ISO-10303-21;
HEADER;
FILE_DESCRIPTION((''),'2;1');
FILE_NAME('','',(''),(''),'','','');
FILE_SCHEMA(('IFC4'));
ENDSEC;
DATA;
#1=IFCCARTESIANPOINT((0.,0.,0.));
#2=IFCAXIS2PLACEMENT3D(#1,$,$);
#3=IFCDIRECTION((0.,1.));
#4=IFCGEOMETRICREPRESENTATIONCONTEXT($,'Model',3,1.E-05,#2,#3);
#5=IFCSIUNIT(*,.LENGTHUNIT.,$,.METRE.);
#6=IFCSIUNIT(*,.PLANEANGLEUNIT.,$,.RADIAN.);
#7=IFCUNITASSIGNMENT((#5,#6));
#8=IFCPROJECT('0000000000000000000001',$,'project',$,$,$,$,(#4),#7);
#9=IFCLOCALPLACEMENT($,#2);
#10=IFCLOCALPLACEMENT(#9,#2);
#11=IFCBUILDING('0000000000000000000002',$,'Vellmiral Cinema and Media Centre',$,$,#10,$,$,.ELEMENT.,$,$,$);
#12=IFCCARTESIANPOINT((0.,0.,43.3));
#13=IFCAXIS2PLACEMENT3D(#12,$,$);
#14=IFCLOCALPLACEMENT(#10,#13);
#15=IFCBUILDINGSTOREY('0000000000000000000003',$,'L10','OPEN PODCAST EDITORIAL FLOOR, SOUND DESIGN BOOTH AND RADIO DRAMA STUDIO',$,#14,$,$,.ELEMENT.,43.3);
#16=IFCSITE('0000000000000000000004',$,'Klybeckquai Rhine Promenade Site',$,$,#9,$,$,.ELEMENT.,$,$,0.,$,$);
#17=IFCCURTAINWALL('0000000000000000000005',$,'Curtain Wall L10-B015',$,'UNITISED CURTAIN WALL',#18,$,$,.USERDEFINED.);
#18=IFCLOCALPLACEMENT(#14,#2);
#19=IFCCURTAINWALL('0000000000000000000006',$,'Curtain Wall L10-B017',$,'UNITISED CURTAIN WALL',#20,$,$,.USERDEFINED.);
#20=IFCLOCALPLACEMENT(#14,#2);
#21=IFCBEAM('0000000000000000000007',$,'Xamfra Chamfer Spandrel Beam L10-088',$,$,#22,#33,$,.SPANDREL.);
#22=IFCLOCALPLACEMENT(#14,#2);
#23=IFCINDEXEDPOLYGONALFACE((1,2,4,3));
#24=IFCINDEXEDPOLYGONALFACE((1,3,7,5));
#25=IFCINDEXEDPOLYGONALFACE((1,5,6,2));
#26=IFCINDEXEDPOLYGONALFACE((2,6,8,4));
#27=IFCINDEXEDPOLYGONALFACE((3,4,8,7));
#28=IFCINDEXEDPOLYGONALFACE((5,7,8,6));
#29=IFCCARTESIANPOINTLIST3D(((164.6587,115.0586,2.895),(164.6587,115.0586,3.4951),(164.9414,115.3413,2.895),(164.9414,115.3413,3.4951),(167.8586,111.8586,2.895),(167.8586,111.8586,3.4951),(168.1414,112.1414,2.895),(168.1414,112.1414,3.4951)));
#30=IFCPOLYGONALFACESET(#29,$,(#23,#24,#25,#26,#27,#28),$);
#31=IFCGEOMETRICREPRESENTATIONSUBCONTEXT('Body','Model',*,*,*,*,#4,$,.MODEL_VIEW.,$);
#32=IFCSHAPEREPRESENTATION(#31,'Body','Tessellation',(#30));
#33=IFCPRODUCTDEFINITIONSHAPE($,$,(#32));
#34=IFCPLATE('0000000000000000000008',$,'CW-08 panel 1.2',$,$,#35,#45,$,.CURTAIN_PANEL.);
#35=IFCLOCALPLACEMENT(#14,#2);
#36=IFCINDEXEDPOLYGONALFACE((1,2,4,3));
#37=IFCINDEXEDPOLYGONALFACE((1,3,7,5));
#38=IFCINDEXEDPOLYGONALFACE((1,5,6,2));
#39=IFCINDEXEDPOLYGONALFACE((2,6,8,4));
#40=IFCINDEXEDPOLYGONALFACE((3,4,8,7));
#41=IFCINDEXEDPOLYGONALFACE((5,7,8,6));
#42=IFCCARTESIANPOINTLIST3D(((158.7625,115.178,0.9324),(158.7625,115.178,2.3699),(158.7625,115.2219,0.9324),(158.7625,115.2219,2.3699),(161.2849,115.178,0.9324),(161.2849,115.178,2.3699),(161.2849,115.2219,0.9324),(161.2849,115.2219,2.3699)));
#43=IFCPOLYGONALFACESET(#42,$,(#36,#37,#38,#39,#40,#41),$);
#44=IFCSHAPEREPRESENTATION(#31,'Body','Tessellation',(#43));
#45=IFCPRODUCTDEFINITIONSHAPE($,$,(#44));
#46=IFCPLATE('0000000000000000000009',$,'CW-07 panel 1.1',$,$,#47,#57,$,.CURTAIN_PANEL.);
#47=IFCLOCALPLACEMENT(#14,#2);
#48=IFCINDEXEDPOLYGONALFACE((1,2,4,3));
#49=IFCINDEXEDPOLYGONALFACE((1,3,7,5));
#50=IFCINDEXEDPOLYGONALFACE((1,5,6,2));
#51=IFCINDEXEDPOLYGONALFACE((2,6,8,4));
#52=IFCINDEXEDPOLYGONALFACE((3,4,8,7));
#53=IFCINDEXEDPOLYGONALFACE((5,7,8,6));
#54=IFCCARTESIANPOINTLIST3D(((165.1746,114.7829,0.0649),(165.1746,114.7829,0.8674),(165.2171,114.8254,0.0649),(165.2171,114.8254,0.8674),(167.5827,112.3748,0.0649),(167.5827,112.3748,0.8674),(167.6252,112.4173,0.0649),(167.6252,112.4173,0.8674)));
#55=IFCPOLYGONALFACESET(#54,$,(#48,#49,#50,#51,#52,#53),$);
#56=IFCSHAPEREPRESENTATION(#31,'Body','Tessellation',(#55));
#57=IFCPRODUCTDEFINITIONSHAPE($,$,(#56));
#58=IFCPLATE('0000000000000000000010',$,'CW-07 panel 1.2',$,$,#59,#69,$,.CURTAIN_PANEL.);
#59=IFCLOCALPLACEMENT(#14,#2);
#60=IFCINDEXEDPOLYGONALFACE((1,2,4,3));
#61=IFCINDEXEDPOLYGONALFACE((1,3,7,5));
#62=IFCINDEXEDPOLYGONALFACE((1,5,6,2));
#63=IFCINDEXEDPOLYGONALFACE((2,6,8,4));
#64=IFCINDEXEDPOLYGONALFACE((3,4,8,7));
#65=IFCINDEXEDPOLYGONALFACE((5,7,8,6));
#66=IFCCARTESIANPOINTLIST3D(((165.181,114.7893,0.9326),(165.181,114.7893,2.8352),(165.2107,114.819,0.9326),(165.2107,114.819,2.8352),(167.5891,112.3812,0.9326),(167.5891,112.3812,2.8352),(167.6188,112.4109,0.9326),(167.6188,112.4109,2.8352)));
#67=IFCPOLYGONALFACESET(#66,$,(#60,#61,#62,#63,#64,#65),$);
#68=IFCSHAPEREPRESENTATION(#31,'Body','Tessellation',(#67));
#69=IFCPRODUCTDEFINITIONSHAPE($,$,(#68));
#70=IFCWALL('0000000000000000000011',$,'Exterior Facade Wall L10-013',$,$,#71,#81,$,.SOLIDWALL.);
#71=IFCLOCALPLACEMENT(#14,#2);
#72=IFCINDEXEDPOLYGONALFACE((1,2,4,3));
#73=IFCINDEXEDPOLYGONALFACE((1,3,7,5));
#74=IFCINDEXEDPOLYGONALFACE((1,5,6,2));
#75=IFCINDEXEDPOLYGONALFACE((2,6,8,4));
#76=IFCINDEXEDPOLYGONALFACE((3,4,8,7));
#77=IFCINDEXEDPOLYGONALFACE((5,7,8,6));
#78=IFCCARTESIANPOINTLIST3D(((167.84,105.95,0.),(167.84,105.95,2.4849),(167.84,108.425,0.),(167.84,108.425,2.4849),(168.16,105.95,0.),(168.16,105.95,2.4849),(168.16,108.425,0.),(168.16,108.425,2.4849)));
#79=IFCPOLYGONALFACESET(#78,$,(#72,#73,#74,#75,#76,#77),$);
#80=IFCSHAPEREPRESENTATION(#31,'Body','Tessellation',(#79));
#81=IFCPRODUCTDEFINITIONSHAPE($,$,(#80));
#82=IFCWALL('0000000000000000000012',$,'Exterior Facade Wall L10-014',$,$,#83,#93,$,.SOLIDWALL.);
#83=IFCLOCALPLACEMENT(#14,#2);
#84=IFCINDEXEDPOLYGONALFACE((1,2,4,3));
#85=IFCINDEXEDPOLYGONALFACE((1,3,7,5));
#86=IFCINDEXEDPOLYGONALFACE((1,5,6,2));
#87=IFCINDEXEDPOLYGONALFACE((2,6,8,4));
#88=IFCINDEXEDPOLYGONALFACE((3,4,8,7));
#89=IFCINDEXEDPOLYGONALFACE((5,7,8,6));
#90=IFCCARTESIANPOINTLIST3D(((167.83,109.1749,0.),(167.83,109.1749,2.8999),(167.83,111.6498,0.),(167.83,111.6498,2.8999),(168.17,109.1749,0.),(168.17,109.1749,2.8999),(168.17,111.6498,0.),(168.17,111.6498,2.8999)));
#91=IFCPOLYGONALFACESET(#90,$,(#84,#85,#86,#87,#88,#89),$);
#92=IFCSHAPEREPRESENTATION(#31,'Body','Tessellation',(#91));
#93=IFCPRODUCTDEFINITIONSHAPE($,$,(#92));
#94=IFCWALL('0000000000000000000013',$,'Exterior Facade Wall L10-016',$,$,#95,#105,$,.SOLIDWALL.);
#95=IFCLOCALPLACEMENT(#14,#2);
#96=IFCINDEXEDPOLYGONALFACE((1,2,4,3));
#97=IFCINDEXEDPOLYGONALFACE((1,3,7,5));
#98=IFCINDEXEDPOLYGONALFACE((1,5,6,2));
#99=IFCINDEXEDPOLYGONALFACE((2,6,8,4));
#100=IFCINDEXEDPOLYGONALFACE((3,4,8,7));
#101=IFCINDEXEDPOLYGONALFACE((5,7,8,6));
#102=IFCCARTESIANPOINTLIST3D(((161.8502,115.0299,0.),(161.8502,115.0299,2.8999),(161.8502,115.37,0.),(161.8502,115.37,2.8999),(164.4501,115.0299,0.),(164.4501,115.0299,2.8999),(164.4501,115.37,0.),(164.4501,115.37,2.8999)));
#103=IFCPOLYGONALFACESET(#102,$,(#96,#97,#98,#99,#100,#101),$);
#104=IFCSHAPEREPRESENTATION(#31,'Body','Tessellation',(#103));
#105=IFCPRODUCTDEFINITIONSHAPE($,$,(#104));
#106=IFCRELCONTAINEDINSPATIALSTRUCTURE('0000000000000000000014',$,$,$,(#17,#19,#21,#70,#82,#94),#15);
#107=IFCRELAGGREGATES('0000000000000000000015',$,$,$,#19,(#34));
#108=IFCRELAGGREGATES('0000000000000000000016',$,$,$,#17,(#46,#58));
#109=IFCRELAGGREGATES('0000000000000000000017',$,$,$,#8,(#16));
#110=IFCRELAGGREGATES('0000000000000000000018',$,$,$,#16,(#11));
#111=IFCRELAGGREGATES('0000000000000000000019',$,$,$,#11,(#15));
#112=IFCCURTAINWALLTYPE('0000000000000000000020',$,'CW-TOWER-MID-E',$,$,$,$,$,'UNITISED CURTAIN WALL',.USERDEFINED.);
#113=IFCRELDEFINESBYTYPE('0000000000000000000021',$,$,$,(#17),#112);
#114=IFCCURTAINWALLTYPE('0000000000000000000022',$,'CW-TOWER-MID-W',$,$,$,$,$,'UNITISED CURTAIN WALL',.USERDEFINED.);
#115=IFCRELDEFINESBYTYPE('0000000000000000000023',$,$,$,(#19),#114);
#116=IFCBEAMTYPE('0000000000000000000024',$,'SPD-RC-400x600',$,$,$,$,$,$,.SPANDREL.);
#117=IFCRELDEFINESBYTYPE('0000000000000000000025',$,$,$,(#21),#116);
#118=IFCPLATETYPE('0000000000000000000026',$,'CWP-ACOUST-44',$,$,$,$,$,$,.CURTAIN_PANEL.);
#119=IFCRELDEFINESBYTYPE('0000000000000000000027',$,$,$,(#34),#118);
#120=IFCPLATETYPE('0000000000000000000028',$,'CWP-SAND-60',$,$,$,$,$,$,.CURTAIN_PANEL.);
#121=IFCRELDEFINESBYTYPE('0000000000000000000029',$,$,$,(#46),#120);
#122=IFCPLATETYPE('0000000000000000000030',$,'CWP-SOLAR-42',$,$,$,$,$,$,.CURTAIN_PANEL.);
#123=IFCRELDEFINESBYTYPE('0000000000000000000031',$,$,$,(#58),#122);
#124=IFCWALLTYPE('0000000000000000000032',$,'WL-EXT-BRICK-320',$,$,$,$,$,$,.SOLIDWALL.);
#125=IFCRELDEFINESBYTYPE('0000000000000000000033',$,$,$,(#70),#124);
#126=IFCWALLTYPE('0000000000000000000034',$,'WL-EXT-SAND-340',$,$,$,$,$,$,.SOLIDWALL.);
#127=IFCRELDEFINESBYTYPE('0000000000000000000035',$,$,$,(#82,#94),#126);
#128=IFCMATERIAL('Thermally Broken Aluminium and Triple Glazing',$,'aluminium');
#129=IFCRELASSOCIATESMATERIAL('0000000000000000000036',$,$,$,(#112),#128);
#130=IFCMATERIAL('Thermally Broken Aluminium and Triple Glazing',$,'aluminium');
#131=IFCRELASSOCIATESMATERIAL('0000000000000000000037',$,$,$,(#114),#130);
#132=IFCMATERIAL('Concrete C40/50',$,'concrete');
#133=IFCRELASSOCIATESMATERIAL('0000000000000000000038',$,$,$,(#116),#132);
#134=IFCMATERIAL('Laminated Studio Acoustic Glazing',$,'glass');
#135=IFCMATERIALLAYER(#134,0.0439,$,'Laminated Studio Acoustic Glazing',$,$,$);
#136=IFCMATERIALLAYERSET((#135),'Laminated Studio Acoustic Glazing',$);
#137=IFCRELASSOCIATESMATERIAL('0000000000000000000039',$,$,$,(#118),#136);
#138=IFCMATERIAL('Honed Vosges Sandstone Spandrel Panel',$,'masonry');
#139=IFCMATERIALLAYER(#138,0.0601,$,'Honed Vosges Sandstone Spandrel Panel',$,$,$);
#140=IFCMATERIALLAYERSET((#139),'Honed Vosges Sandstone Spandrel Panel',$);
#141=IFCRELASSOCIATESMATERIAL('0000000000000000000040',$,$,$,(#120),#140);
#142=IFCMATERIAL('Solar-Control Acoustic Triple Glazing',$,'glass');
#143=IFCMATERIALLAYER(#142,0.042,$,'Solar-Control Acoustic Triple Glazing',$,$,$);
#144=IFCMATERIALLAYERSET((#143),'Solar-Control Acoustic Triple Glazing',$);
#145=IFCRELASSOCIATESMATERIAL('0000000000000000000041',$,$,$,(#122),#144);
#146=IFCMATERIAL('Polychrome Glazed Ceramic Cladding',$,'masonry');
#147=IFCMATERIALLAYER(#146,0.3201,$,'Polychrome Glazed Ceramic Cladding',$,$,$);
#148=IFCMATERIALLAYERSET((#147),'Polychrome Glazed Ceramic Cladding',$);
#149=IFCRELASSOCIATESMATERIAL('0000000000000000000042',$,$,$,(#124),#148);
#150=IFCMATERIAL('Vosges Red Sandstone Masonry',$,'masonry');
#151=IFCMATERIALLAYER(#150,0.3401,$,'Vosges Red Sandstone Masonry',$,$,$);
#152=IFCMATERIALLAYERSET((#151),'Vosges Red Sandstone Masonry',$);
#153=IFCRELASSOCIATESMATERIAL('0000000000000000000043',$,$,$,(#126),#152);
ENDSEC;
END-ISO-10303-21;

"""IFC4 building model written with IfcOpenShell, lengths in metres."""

from ifc_helpers import new_model, si_unit, direction, frame, frame_2d, origin, origin_2d, place, context, subcontext, project, spatial, rectangle, extrude, material, layer, layer_set, material_profile, profile_set, type_object, element, aggregate, save


model = new_model("IFC4")

# Units and contexts
model_context = context("Model", 3, precision=1e-05, world=origin(), true_north=direction((0.0, 1.0)))
body_context = subcontext(model_context, "Body", "Model", "MODEL_VIEW")
ifc_project = project(units=[si_unit("LENGTHUNIT", "METRE"), si_unit("PLANEANGLEUNIT", "RADIAN")], contexts=[model_context])

# Site, building, storey
site_placement = place(None, origin())
site = spatial("IfcSite", under=ifc_project, at=site_placement, Name="Klybeckquai Rhine Promenade Site", CompositionType="ELEMENT", RefElevation=0.0)
building_placement = place(site_placement, origin())
building = spatial("IfcBuilding", under=site, at=building_placement, Name="Vellmiral Cinema and Media Centre", CompositionType="ELEMENT")
storey_placement = place(building_placement, frame((0.0, 0.0, 43.3)))
storey = spatial("IfcBuildingStorey", under=building, at=storey_placement, Name="L10", Description="OPEN PODCAST EDITORIAL FLOOR, SOUND DESIGN BOOTH AND RADIO DRAMA STUDIO", CompositionType="ELEMENT", Elevation=43.3)

# Curtain wall
ifc_material_1 = material(Name="Thermally Broken Aluminium and Triple Glazing", Category="aluminium")
curtain_wall_type_1 = type_object("IfcCurtainWallType", Name="CW-TOWER-MID-E", ElementType="UNITISED CURTAIN WALL", PredefinedType="USERDEFINED", material=ifc_material_1)
curtain_wall_1_placement = place(storey_placement, origin())
curtain_wall_1 = element("IfcCurtainWall", 1, at=curtain_wall_1_placement, inside=storey, type_object=curtain_wall_type_1, Name="Curtain Wall L10-B015", ObjectType="UNITISED CURTAIN WALL", PredefinedType="USERDEFINED")

# Curtain wall
ifc_material_2 = material(Name="Thermally Broken Aluminium and Triple Glazing", Category="aluminium")
curtain_wall_type_2 = type_object("IfcCurtainWallType", Name="CW-TOWER-MID-W", ElementType="UNITISED CURTAIN WALL", PredefinedType="USERDEFINED", material=ifc_material_2)
curtain_wall_2_placement = place(storey_placement, origin())
curtain_wall_2 = element("IfcCurtainWall", 2, at=curtain_wall_2_placement, inside=storey, type_object=curtain_wall_type_2, Name="Curtain Wall L10-B017", ObjectType="UNITISED CURTAIN WALL", PredefinedType="USERDEFINED")

# Beam
ifc_material_3 = material(Name="Concrete C40/50", Category="concrete")
ifc_material_profile_1 = material_profile(ifc_material_3, rectangle(XDim=0.3999, YDim=0.6001, at=origin_2d()), Name="RC 400x600")
ifc_profile_set_1 = profile_set([ifc_material_profile_1], Name="Concrete C40/50")
beam_type_1 = type_object("IfcBeamType", Name="SPD-RC-400x600", PredefinedType="SPANDREL", material=ifc_profile_set_1)
for number, where, z_axis, x_axis, name in (
    (3, (164.8, 115.2, 3.1951), (0.707107, -0.707107, 0.0), (0.707107, 0.707107, 0.0), "Xamfra Chamfer Spandrel Beam L10-088"),
):
    element("IfcBeam", number, at=place(storey_placement, frame(where, z_axis=z_axis, x_axis=x_axis)), inside=storey, type_object=beam_type_1, Name=name, PredefinedType="SPANDREL", context=body_context, shape_type="SweptSolid", body=[
        extrude(rectangle(XDim=0.3999, YDim=0.6001, at=origin_2d()), origin(), (0.0, 0.0, 1.0), 4.5254),
    ])

# Plates
ifc_material_4 = material(Name="Laminated Studio Acoustic Glazing", Category="glass")
ifc_layer_1 = layer(ifc_material_4, 0.0439, Name="Laminated Studio Acoustic Glazing")
ifc_layer_set_1 = layer_set([ifc_layer_1], Name="Laminated Studio Acoustic Glazing")
plate_type_1 = type_object("IfcPlateType", Name="CWP-ACOUST-44", PredefinedType="CURTAIN_PANEL", material=ifc_layer_set_1)
plate_1_placement = place(storey_placement, frame((160.0237, 115.2, 0.9324), z_axis=(0.0, 0.0, 1.0), x_axis=(-1.0, 0.0, 0.0)))
plate_1 = element("IfcPlate", 4, at=plate_1_placement, type_object=plate_type_1, Name="CW-08 panel 1.2", PredefinedType="CURTAIN_PANEL", context=body_context, shape_type="SweptSolid", body=[
    extrude(rectangle(XDim=2.5225, YDim=0.0439, at=origin_2d()), origin(), (0.0, 0.0, 1.0), 1.4375),
])
aggregate(curtain_wall_2, [plate_1])
ifc_material_5 = material(Name="Honed Vosges Sandstone Spandrel Panel", Category="masonry")
ifc_layer_2 = layer(ifc_material_5, 0.0601, Name="Honed Vosges Sandstone Spandrel Panel")
ifc_layer_set_2 = layer_set([ifc_layer_2], Name="Honed Vosges Sandstone Spandrel Panel")
plate_type_2 = type_object("IfcPlateType", Name="CWP-SAND-60", PredefinedType="CURTAIN_PANEL", material=ifc_layer_set_2)
plate_2_placement = place(storey_placement, frame((166.3999, 113.6001, 0.0649), z_axis=(0.0, 0.0, 1.0), x_axis=(-0.707107, 0.707107, 0.0)))
plate_2 = element("IfcPlate", 5, at=plate_2_placement, type_object=plate_type_2, Name="CW-07 panel 1.1", PredefinedType="CURTAIN_PANEL", context=body_context, shape_type="SweptSolid", body=[
    extrude(rectangle(XDim=3.4055, YDim=0.0601, at=origin_2d()), origin(), (0.0, 0.0, 1.0), 0.8025),
])
ifc_material_6 = material(Name="Solar-Control Acoustic Triple Glazing", Category="glass")
ifc_layer_3 = layer(ifc_material_6, 0.042, Name="Solar-Control Acoustic Triple Glazing")
ifc_layer_set_3 = layer_set([ifc_layer_3], Name="Solar-Control Acoustic Triple Glazing")
plate_type_3 = type_object("IfcPlateType", Name="CWP-SOLAR-42", PredefinedType="CURTAIN_PANEL", material=ifc_layer_set_3)
plate_3_placement = place(storey_placement, frame((166.3999, 113.6001, 0.9326), z_axis=(0.0, 0.0, 1.0), x_axis=(-0.707107, 0.707107, 0.0)))
plate_3 = element("IfcPlate", 6, at=plate_3_placement, type_object=plate_type_3, Name="CW-07 panel 1.2", PredefinedType="CURTAIN_PANEL", context=body_context, shape_type="SweptSolid", body=[
    extrude(rectangle(XDim=3.4055, YDim=0.042, at=origin_2d()), origin(), (0.0, 0.0, 1.0), 1.9026),
])
aggregate(curtain_wall_1, [plate_2, plate_3])

# Walls
ifc_material_7 = material(Name="Polychrome Glazed Ceramic Cladding", Category="masonry")
ifc_layer_4 = layer(ifc_material_7, 0.3201, Name="Polychrome Glazed Ceramic Cladding")
ifc_layer_set_4 = layer_set([ifc_layer_4], Name="Polychrome Glazed Ceramic Cladding")
wall_type_1 = type_object("IfcWallType", Name="WL-EXT-BRICK-320", PredefinedType="SOLIDWALL", material=ifc_layer_set_4)
wall_1_placement = place(storey_placement, frame((168.0, 105.95, 0.0), z_axis=(0.0, 0.0, 1.0), x_axis=(0.0, 1.0, 0.0)))
element("IfcWall", 7, at=wall_1_placement, inside=storey, type_object=wall_type_1, Name="Exterior Facade Wall L10-013", PredefinedType="SOLIDWALL", context=body_context, shape_type="SweptSolid", body=[
    extrude(rectangle(XDim=2.4751, YDim=0.3201, at=frame_2d((1.2375, 0.0))), origin(), (0.0, 0.0, 1.0), 2.4849),
])
ifc_material_8 = material(Name="Vosges Red Sandstone Masonry", Category="masonry")
ifc_layer_5 = layer(ifc_material_8, 0.3401, Name="Vosges Red Sandstone Masonry")
ifc_layer_set_5 = layer_set([ifc_layer_5], Name="Vosges Red Sandstone Masonry")
wall_type_2 = type_object("IfcWallType", Name="WL-EXT-SAND-340", PredefinedType="SOLIDWALL", material=ifc_layer_set_5)
wall_2_placement = place(storey_placement, frame((168.0, 109.175, 0.0), z_axis=(0.0, 0.0, 1.0), x_axis=(0.0, 1.0, 0.0)))
element("IfcWall", 8, at=wall_2_placement, inside=storey, type_object=wall_type_2, Name="Exterior Facade Wall L10-014", PredefinedType="SOLIDWALL", context=body_context, shape_type="SweptSolid", body=[
    extrude(rectangle(XDim=2.4749, YDim=0.3401, at=frame_2d((1.2373, 0.0))), origin(), (0.0, 0.0, 1.0), 2.8999),
])
wall_3_placement = place(storey_placement, frame((164.45, 115.2, 0.0), z_axis=(0.0, 0.0, 1.0), x_axis=(-1.0, 0.0, 0.0)))
element("IfcWall", 9, at=wall_3_placement, inside=storey, type_object=wall_type_2, Name="Exterior Facade Wall L10-016", PredefinedType="SOLIDWALL", context=body_context, shape_type="SweptSolid", body=[
    extrude(rectangle(XDim=2.5999, YDim=0.3401, at=frame_2d((1.2998, 0.0))), origin(), (0.0, 0.0, 1.0), 2.8999),
])

save(model, "model.ifc")
